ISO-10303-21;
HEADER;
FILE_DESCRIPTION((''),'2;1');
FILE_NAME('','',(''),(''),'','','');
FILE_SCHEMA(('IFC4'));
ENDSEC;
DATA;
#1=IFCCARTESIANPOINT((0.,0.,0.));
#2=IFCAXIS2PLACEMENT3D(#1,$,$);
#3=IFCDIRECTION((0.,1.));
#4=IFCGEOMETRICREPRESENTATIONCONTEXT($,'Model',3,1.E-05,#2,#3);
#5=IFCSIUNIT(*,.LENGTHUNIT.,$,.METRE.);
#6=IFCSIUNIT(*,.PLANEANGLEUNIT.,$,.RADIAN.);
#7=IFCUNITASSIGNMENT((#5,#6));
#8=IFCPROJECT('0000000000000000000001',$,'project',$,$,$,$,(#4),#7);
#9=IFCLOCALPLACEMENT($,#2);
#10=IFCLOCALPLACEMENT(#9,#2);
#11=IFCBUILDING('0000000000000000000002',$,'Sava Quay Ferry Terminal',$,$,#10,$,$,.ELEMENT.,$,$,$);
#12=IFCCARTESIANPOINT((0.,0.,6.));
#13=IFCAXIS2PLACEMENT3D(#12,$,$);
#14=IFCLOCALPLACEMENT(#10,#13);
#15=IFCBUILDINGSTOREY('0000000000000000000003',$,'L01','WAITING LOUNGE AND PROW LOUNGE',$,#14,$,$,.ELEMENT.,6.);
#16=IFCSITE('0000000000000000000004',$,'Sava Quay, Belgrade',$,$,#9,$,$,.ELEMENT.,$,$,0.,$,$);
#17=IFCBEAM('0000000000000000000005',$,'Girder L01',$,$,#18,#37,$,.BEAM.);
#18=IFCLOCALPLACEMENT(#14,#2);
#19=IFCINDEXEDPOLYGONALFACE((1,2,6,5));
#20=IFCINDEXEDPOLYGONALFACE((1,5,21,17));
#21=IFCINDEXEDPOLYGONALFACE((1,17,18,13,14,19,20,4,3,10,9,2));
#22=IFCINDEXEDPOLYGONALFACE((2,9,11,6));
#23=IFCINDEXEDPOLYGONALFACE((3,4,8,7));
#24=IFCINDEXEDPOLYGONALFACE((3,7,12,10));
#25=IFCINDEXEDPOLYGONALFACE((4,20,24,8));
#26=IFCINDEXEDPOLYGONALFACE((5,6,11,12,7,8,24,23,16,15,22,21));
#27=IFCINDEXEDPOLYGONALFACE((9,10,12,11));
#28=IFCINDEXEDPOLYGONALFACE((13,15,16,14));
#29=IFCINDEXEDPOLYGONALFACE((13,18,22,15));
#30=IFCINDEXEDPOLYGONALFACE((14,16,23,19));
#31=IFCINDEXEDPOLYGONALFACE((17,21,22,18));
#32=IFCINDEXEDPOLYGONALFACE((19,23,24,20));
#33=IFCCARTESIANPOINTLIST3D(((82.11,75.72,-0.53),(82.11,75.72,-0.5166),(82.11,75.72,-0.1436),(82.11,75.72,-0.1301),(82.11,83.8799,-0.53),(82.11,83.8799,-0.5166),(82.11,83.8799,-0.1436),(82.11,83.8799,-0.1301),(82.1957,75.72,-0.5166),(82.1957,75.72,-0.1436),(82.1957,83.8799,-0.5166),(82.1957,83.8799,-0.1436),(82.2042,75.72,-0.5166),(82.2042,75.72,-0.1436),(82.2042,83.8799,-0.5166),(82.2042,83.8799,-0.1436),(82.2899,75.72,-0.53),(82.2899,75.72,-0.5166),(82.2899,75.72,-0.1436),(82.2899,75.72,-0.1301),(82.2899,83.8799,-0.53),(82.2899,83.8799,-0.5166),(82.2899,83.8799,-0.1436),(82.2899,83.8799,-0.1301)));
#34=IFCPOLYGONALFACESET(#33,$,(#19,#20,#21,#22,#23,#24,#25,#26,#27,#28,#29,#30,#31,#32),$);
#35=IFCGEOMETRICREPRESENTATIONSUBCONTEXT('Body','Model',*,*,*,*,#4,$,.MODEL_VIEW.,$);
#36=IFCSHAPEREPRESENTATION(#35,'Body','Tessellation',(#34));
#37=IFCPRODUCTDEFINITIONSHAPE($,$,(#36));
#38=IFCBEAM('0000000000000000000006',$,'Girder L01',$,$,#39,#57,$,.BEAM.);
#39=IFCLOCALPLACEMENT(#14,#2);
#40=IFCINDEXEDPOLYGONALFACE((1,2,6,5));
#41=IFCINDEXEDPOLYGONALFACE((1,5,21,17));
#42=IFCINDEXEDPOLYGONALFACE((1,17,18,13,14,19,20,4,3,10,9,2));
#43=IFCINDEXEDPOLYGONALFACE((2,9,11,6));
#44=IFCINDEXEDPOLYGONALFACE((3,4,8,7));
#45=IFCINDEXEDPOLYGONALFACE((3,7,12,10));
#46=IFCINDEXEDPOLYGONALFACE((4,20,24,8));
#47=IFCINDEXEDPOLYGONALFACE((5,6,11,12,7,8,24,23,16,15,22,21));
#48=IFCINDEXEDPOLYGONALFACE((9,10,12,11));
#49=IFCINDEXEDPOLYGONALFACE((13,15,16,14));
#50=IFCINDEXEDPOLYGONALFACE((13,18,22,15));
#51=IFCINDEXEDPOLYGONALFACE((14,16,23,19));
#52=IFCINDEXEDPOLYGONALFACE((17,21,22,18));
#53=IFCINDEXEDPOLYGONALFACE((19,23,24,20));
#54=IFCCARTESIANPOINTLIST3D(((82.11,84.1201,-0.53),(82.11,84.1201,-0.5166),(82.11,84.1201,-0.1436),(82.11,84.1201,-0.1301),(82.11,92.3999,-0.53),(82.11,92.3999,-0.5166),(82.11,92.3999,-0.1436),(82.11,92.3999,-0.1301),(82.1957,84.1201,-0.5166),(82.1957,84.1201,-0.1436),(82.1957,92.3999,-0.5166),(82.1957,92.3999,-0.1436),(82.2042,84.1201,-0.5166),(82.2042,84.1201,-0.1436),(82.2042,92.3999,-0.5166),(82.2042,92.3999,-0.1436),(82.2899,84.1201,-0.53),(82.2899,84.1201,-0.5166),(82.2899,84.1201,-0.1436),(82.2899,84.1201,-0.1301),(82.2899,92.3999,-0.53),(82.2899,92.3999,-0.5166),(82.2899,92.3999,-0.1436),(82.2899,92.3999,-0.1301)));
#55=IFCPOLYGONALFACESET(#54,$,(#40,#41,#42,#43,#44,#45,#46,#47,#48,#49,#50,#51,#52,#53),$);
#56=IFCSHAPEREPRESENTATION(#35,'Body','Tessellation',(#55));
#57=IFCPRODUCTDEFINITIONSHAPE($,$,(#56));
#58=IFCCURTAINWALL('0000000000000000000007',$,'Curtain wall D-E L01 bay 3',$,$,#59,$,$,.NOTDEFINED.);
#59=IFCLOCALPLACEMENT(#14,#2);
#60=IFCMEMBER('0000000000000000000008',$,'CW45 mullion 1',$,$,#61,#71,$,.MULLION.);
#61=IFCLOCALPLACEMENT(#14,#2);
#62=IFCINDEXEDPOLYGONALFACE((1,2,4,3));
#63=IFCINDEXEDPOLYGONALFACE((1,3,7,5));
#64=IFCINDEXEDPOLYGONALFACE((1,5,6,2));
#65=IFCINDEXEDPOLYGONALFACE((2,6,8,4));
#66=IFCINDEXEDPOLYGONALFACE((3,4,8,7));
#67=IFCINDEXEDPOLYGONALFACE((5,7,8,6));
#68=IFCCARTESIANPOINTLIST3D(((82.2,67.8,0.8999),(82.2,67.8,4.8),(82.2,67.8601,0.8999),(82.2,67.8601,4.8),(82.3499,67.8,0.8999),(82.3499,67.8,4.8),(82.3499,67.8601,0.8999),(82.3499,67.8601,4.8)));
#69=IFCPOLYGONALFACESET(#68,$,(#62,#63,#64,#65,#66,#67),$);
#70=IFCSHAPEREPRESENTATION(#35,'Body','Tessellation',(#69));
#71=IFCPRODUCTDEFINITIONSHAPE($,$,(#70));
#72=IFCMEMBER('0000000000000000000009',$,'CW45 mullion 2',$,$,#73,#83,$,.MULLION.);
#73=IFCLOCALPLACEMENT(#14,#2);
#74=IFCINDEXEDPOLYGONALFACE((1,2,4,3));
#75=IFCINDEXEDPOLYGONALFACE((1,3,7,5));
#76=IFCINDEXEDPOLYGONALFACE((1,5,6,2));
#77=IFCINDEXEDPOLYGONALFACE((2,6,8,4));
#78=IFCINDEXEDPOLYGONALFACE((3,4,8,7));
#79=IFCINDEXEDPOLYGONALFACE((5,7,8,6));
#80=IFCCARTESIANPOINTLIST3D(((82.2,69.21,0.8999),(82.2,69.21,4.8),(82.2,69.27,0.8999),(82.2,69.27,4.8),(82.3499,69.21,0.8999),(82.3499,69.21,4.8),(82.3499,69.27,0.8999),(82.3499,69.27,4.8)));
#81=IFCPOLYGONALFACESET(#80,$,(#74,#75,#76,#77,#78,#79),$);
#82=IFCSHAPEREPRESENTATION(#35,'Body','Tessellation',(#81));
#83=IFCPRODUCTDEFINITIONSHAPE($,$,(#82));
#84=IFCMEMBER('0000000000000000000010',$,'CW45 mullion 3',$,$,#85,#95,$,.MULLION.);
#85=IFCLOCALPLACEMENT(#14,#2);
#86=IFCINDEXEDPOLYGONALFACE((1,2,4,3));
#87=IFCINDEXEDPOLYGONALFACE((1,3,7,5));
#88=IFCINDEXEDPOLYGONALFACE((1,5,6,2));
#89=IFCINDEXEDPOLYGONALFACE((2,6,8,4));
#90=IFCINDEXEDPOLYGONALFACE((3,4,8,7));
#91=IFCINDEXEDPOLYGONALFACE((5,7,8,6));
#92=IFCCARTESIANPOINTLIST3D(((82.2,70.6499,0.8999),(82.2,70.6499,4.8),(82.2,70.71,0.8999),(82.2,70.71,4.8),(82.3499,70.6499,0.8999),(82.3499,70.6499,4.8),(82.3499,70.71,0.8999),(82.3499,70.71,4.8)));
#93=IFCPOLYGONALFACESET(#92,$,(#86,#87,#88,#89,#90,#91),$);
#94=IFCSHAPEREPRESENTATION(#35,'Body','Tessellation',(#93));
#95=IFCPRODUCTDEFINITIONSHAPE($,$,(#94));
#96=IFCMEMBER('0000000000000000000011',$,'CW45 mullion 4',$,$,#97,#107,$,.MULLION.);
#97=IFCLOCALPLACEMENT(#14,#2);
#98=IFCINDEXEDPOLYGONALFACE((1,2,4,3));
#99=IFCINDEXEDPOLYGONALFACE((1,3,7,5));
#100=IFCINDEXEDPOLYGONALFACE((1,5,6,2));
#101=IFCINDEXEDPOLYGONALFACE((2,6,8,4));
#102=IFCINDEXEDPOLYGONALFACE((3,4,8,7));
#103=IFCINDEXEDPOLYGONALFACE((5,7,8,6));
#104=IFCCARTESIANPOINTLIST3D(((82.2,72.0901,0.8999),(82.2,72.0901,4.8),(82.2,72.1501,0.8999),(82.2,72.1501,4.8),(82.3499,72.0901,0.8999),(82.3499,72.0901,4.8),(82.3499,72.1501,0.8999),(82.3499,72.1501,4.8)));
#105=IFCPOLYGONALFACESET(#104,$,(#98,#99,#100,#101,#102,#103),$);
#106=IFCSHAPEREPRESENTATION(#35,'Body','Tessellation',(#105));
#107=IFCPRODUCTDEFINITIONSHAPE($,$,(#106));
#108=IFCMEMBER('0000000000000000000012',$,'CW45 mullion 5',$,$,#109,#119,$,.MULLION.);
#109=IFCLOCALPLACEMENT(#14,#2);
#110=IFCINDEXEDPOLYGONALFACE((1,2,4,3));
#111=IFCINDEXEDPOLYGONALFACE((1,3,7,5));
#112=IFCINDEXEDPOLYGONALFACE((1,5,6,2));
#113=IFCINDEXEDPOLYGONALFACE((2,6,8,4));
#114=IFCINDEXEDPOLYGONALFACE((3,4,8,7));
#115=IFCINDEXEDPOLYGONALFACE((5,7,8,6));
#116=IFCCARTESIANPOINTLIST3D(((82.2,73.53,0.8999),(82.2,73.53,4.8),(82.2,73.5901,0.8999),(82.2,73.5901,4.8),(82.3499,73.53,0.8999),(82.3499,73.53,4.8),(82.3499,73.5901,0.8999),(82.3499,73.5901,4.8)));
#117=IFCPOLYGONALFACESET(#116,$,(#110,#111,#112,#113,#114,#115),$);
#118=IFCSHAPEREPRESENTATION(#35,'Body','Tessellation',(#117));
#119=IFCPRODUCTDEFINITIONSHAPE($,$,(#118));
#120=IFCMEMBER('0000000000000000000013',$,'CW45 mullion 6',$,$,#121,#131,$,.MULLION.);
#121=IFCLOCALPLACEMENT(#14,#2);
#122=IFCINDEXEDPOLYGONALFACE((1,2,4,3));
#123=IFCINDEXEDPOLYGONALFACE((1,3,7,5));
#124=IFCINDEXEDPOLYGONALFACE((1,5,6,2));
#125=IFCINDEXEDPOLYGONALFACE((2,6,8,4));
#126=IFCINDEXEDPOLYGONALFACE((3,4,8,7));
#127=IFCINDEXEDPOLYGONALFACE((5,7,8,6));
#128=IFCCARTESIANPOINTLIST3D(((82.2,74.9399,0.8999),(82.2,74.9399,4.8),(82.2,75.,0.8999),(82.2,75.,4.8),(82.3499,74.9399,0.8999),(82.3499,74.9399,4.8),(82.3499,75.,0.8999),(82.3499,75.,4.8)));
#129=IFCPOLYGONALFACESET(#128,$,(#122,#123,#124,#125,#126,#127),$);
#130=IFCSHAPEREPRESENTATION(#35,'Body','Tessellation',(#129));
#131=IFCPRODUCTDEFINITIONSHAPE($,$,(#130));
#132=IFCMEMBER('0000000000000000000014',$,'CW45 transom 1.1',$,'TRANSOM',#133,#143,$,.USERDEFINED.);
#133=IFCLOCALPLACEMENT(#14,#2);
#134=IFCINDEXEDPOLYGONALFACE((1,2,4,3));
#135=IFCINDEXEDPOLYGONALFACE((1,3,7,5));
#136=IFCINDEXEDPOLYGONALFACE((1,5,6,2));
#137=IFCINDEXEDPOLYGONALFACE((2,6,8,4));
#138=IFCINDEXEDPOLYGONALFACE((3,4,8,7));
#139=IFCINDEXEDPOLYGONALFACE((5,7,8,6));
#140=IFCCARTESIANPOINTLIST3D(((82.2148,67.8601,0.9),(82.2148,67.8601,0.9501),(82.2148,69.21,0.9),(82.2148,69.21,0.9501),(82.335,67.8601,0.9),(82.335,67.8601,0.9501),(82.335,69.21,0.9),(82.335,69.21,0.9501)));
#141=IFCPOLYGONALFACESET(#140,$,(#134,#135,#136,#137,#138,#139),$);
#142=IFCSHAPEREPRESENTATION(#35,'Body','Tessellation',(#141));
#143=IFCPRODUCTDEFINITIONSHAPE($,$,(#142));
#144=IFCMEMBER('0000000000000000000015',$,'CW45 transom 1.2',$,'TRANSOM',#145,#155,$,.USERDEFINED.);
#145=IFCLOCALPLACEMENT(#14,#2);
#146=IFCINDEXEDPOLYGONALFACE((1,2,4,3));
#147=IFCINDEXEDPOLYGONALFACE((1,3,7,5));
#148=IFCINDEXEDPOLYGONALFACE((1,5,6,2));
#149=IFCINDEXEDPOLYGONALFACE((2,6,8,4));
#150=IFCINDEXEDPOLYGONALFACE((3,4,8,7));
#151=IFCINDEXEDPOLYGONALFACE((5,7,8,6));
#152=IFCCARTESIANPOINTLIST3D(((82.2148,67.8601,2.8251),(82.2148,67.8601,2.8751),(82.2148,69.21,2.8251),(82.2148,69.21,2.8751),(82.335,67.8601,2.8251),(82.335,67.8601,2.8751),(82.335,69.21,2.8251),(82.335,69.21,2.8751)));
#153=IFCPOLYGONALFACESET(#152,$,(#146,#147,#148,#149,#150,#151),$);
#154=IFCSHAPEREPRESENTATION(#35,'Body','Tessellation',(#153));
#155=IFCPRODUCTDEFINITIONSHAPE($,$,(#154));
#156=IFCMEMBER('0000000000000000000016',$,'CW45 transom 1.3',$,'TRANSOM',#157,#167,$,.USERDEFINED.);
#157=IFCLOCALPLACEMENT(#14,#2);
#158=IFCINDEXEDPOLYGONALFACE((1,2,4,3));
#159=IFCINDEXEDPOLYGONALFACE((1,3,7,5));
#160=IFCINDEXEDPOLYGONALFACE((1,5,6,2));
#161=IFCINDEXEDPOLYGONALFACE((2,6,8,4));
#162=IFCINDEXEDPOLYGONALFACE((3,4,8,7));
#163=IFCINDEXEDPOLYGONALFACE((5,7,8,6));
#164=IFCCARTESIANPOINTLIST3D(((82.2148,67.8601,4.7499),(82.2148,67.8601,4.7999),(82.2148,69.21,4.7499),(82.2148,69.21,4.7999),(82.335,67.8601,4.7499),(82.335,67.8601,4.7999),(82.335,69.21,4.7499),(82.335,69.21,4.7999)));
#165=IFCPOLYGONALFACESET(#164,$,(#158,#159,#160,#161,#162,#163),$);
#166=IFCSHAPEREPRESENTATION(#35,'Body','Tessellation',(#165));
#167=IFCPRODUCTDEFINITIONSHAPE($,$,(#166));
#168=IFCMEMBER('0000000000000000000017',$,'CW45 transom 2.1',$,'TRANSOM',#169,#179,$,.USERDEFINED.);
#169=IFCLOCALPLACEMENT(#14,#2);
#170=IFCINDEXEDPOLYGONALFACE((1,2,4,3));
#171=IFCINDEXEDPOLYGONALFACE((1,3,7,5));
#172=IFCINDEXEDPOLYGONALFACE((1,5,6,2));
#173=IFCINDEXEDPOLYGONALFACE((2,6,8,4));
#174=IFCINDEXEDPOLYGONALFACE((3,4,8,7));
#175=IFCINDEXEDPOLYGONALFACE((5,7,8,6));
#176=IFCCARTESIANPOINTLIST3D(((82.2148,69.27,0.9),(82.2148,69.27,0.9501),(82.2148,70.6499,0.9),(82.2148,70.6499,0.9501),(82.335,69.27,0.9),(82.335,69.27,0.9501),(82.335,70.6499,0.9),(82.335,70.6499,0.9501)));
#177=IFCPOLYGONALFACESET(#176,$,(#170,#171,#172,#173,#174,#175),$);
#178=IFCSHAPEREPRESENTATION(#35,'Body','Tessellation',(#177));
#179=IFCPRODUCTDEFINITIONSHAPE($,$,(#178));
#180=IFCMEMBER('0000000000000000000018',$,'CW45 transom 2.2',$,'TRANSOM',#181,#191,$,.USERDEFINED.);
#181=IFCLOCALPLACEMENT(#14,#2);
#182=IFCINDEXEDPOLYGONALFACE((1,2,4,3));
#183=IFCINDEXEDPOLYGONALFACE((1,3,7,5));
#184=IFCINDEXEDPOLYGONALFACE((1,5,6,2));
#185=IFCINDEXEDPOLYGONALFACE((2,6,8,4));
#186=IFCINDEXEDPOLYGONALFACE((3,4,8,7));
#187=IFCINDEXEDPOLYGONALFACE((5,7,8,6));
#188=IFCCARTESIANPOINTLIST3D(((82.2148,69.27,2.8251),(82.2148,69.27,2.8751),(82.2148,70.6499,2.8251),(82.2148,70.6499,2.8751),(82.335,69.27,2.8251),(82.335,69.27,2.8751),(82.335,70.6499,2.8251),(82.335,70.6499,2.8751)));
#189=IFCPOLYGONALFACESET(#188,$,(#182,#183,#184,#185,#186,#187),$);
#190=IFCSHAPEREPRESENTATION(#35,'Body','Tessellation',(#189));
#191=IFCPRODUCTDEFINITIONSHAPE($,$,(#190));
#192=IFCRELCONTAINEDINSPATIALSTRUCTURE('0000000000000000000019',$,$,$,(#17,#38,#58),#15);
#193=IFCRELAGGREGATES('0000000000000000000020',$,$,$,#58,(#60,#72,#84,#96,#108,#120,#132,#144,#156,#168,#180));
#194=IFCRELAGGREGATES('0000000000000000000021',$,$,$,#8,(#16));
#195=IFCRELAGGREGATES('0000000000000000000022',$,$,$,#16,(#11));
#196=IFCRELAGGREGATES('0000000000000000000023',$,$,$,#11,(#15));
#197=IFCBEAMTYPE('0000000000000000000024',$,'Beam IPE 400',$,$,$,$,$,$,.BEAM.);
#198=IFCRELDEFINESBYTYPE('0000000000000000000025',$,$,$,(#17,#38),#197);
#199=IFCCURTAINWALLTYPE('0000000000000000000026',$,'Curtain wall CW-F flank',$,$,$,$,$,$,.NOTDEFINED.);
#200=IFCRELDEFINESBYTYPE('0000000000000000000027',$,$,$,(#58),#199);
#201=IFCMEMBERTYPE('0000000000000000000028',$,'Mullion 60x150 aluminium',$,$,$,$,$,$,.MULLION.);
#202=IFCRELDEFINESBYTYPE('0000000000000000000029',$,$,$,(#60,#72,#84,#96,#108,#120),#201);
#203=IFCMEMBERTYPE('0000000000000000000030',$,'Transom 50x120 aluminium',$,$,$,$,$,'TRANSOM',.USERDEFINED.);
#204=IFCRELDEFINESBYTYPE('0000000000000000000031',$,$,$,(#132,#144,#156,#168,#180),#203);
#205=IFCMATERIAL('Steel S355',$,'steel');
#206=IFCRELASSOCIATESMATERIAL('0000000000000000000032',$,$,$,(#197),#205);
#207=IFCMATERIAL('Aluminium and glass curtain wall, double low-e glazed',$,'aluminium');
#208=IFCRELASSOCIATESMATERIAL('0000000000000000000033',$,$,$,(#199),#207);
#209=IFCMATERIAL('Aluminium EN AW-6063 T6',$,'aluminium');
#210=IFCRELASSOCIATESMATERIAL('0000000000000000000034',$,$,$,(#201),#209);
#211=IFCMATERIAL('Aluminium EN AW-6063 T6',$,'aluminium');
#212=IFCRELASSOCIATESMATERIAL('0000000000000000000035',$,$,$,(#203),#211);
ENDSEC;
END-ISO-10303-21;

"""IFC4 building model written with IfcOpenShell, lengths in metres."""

from ifc_helpers import new_model, si_unit, direction, frame, origin, origin_2d, place, context, subcontext, project, spatial, rectangle, i_section, extrude, material, material_profile, profile_set, type_object, element, aggregate, save


model = new_model("IFC4")

# Units and contexts
model_context = context("Model", 3, precision=1e-05, world=origin(), true_north=direction((0.0, 1.0)))
body_context = subcontext(model_context, "Body", "Model", "MODEL_VIEW")
ifc_project = project(units=[si_unit("LENGTHUNIT", "METRE"), si_unit("PLANEANGLEUNIT", "RADIAN")], contexts=[model_context])

# Site, building, storey
site_placement = place(None, origin())
site = spatial("IfcSite", under=ifc_project, at=site_placement, Name="Sava Quay, Belgrade", CompositionType="ELEMENT", RefElevation=0.0)
building_placement = place(site_placement, origin())
building = spatial("IfcBuilding", under=site, at=building_placement, Name="Sava Quay Ferry Terminal", CompositionType="ELEMENT")
storey_placement = place(building_placement, frame((0.0, 0.0, 6.0)))
storey = spatial("IfcBuildingStorey", under=building, at=storey_placement, Name="L01", Description="WAITING LOUNGE AND PROW LOUNGE", CompositionType="ELEMENT", Elevation=6.0)

# Beams
ifc_material_1 = material(Name="Steel S355", Category="steel")
ifc_material_profile_1 = material_profile(ifc_material_1, i_section(OverallWidth=0.1799, OverallDepth=0.3999, WebThickness=0.0085, FlangeThickness=0.0134, at=origin_2d()), Name="IPE 400")
ifc_profile_set_1 = profile_set([ifc_material_profile_1], Name="Steel S355")
beam_type_1 = type_object("IfcBeamType", Name="Beam IPE 400", PredefinedType="BEAM", material=ifc_profile_set_1)
for number, where, z_axis, x_axis, name in (
    (1, (82.2, 75.72, -0.3301), (0.0, 1.0, 0.0), (-1.0, 0.0, 0.0), "Girder L01"),
):
    element("IfcBeam", number, at=place(storey_placement, frame(where, z_axis=z_axis, x_axis=x_axis)), inside=storey, type_object=beam_type_1, Name=name, PredefinedType="BEAM", context=body_context, shape_type="SweptSolid", body=[
        extrude(i_section(OverallWidth=0.1799, OverallDepth=0.3999, WebThickness=0.0085, FlangeThickness=0.0134, at=origin_2d()), origin(), (0.0, 0.0, 1.0), 8.1599),
    ])
beam_placement = place(storey_placement, frame((82.2, 84.1201, -0.3301), z_axis=(0.0, 1.0, 0.0), x_axis=(-1.0, 0.0, 0.0)))
element("IfcBeam", 2, at=beam_placement, inside=storey, type_object=beam_type_1, Name="Girder L01", PredefinedType="BEAM", context=body_context, shape_type="SweptSolid", body=[
    extrude(i_section(OverallWidth=0.1799, OverallDepth=0.3999, WebThickness=0.0085, FlangeThickness=0.0134, at=origin_2d()), origin(), (0.0, 0.0, 1.0), 8.2798),
])

# Curtain wall, members
ifc_material_2 = material(Name="Aluminium and glass curtain wall, double low-e glazed", Category="aluminium")
curtain_wall_type = type_object("IfcCurtainWallType", Name="Curtain wall CW-F flank", PredefinedType="NOTDEFINED", material=ifc_material_2)
curtain_wall_placement = place(storey_placement, origin())
curtain_wall = element("IfcCurtainWall", 3, at=curtain_wall_placement, inside=storey, type_object=curtain_wall_type, Name="Curtain wall D-E L01 bay 3", PredefinedType="NOTDEFINED")
ifc_material_3 = material(Name="Aluminium EN AW-6063 T6", Category="aluminium")
ifc_material_profile_2 = material_profile(ifc_material_3, rectangle(XDim=0.1499, YDim=0.0601, at=origin_2d()), Name="Mullion 60x150 aluminium")
ifc_profile_set_2 = profile_set([ifc_material_profile_2], Name="Aluminium EN AW-6063 T6")
member_type_1 = type_object("IfcMemberType", Name="Mullion 60x150 aluminium", PredefinedType="MULLION", material=ifc_profile_set_2)
member_1_placement = place(storey_placement, frame((82.2749, 67.8301, 0.8999), z_axis=(0.0, 0.0, 1.0), x_axis=(-1.0, 0.0, 0.0)))
member_1 = element("IfcMember", 4, at=member_1_placement, type_object=member_type_1, Name="CW45 mullion 1", PredefinedType="MULLION", context=body_context, shape_type="SweptSolid", body=[
    extrude(rectangle(XDim=0.1499, YDim=0.0601, at=origin_2d()), origin(), (0.0, 0.0, 1.0), 3.9001),
])
member_2_placement = place(storey_placement, frame((82.2749, 69.24, 0.8999), z_axis=(0.0, 0.0, 1.0), x_axis=(-1.0, 0.0, 0.0)))
member_2 = element("IfcMember", 5, at=member_2_placement, type_object=member_type_1, Name="CW45 mullion 2", PredefinedType="MULLION", context=body_context, shape_type="SweptSolid", body=[
    extrude(rectangle(XDim=0.1499, YDim=0.0601, at=origin_2d()), origin(), (0.0, 0.0, 1.0), 3.9001),
])
member_3_placement = place(storey_placement, frame((82.2749, 70.6799, 0.8999), z_axis=(0.0, 0.0, 1.0), x_axis=(-1.0, 0.0, 0.0)))
member_3 = element("IfcMember", 6, at=member_3_placement, type_object=member_type_1, Name="CW45 mullion 3", PredefinedType="MULLION", context=body_context, shape_type="SweptSolid", body=[
    extrude(rectangle(XDim=0.1499, YDim=0.0601, at=origin_2d()), origin(), (0.0, 0.0, 1.0), 3.9001),
])
member_4_placement = place(storey_placement, frame((82.2749, 72.1201, 0.8999), z_axis=(0.0, 0.0, 1.0), x_axis=(-1.0, 0.0, 0.0)))
member_4 = element("IfcMember", 7, at=member_4_placement, type_object=member_type_1, Name="CW45 mullion 4", PredefinedType="MULLION", context=body_context, shape_type="SweptSolid", body=[
    extrude(rectangle(XDim=0.1499, YDim=0.0601, at=origin_2d()), origin(), (0.0, 0.0, 1.0), 3.9001),
])
member_5_placement = place(storey_placement, frame((82.2749, 73.5601, 0.8999), z_axis=(0.0, 0.0, 1.0), x_axis=(-1.0, 0.0, 0.0)))
member_5 = element("IfcMember", 8, at=member_5_placement, type_object=member_type_1, Name="CW45 mullion 5", PredefinedType="MULLION", context=body_context, shape_type="SweptSolid", body=[
    extrude(rectangle(XDim=0.1499, YDim=0.0601, at=origin_2d()), origin(), (0.0, 0.0, 1.0), 3.9001),
])
member_6_placement = place(storey_placement, frame((82.2749, 74.97, 0.8999), z_axis=(0.0, 0.0, 1.0), x_axis=(-1.0, 0.0, 0.0)))
member_6 = element("IfcMember", 9, at=member_6_placement, type_object=member_type_1, Name="CW45 mullion 6", PredefinedType="MULLION", context=body_context, shape_type="SweptSolid", body=[
    extrude(rectangle(XDim=0.1499, YDim=0.0601, at=origin_2d()), origin(), (0.0, 0.0, 1.0), 3.9001),
])
ifc_material_4 = material(Name="Aluminium EN AW-6063 T6", Category="aluminium")
ifc_material_profile_3 = material_profile(ifc_material_4, rectangle(XDim=0.1201, YDim=0.05, at=origin_2d()), Name="Transom 50x120 aluminium")
ifc_profile_set_3 = profile_set([ifc_material_profile_3], Name="Aluminium EN AW-6063 T6")
member_type_2 = type_object("IfcMemberType", Name="Transom 50x120 aluminium", ElementType="TRANSOM", PredefinedType="USERDEFINED", material=ifc_profile_set_3)
member_7_placement = place(storey_placement, frame((82.2749, 67.8601, 0.925), z_axis=(0.0, 1.0, 0.0), x_axis=(-1.0, 0.0, 0.0)))
member_7 = element("IfcMember", 10, at=member_7_placement, type_object=member_type_2, Name="CW45 transom 1.1", ObjectType="TRANSOM", PredefinedType="USERDEFINED", context=body_context, shape_type="SweptSolid", body=[
    extrude(rectangle(XDim=0.1201, YDim=0.05, at=origin_2d()), origin(), (0.0, 0.0, 1.0), 1.3499),
])
member_8_placement = place(storey_placement, frame((82.2749, 67.8601, 2.8501), z_axis=(0.0, 1.0, 0.0), x_axis=(-1.0, 0.0, 0.0)))
member_8 = element("IfcMember", 11, at=member_8_placement, type_object=member_type_2, Name="CW45 transom 1.2", ObjectType="TRANSOM", PredefinedType="USERDEFINED", context=body_context, shape_type="SweptSolid", body=[
    extrude(rectangle(XDim=0.1201, YDim=0.05, at=origin_2d()), origin(), (0.0, 0.0, 1.0), 1.3499),
])
member_9_placement = place(storey_placement, frame((82.2749, 67.8601, 4.7749), z_axis=(0.0, 1.0, 0.0), x_axis=(-1.0, 0.0, 0.0)))
member_9 = element("IfcMember", 12, at=member_9_placement, type_object=member_type_2, Name="CW45 transom 1.3", ObjectType="TRANSOM", PredefinedType="USERDEFINED", context=body_context, shape_type="SweptSolid", body=[
    extrude(rectangle(XDim=0.1201, YDim=0.05, at=origin_2d()), origin(), (0.0, 0.0, 1.0), 1.3499),
])
member_10_placement = place(storey_placement, frame((82.2749, 69.27, 0.925), z_axis=(0.0, 1.0, 0.0), x_axis=(-1.0, 0.0, 0.0)))
member_10 = element("IfcMember", 13, at=member_10_placement, type_object=member_type_2, Name="CW45 transom 2.1", ObjectType="TRANSOM", PredefinedType="USERDEFINED", context=body_context, shape_type="SweptSolid", body=[
    extrude(rectangle(XDim=0.1201, YDim=0.05, at=origin_2d()), origin(), (0.0, 0.0, 1.0), 1.3799),
])
member_11_placement = place(storey_placement, frame((82.2749, 69.27, 2.8501), z_axis=(0.0, 1.0, 0.0), x_axis=(-1.0, 0.0, 0.0)))
member_11 = element("IfcMember", 14, at=member_11_placement, type_object=member_type_2, Name="CW45 transom 2.2", ObjectType="TRANSOM", PredefinedType="USERDEFINED", context=body_context, shape_type="SweptSolid", body=[
    extrude(rectangle(XDim=0.1201, YDim=0.05, at=origin_2d()), origin(), (0.0, 0.0, 1.0), 1.3799),
])
aggregate(curtain_wall, [member_1, member_2, member_3, member_4, member_5, member_6, member_7, member_8, member_9, member_10, member_11])

save(model, "model.ifc")
